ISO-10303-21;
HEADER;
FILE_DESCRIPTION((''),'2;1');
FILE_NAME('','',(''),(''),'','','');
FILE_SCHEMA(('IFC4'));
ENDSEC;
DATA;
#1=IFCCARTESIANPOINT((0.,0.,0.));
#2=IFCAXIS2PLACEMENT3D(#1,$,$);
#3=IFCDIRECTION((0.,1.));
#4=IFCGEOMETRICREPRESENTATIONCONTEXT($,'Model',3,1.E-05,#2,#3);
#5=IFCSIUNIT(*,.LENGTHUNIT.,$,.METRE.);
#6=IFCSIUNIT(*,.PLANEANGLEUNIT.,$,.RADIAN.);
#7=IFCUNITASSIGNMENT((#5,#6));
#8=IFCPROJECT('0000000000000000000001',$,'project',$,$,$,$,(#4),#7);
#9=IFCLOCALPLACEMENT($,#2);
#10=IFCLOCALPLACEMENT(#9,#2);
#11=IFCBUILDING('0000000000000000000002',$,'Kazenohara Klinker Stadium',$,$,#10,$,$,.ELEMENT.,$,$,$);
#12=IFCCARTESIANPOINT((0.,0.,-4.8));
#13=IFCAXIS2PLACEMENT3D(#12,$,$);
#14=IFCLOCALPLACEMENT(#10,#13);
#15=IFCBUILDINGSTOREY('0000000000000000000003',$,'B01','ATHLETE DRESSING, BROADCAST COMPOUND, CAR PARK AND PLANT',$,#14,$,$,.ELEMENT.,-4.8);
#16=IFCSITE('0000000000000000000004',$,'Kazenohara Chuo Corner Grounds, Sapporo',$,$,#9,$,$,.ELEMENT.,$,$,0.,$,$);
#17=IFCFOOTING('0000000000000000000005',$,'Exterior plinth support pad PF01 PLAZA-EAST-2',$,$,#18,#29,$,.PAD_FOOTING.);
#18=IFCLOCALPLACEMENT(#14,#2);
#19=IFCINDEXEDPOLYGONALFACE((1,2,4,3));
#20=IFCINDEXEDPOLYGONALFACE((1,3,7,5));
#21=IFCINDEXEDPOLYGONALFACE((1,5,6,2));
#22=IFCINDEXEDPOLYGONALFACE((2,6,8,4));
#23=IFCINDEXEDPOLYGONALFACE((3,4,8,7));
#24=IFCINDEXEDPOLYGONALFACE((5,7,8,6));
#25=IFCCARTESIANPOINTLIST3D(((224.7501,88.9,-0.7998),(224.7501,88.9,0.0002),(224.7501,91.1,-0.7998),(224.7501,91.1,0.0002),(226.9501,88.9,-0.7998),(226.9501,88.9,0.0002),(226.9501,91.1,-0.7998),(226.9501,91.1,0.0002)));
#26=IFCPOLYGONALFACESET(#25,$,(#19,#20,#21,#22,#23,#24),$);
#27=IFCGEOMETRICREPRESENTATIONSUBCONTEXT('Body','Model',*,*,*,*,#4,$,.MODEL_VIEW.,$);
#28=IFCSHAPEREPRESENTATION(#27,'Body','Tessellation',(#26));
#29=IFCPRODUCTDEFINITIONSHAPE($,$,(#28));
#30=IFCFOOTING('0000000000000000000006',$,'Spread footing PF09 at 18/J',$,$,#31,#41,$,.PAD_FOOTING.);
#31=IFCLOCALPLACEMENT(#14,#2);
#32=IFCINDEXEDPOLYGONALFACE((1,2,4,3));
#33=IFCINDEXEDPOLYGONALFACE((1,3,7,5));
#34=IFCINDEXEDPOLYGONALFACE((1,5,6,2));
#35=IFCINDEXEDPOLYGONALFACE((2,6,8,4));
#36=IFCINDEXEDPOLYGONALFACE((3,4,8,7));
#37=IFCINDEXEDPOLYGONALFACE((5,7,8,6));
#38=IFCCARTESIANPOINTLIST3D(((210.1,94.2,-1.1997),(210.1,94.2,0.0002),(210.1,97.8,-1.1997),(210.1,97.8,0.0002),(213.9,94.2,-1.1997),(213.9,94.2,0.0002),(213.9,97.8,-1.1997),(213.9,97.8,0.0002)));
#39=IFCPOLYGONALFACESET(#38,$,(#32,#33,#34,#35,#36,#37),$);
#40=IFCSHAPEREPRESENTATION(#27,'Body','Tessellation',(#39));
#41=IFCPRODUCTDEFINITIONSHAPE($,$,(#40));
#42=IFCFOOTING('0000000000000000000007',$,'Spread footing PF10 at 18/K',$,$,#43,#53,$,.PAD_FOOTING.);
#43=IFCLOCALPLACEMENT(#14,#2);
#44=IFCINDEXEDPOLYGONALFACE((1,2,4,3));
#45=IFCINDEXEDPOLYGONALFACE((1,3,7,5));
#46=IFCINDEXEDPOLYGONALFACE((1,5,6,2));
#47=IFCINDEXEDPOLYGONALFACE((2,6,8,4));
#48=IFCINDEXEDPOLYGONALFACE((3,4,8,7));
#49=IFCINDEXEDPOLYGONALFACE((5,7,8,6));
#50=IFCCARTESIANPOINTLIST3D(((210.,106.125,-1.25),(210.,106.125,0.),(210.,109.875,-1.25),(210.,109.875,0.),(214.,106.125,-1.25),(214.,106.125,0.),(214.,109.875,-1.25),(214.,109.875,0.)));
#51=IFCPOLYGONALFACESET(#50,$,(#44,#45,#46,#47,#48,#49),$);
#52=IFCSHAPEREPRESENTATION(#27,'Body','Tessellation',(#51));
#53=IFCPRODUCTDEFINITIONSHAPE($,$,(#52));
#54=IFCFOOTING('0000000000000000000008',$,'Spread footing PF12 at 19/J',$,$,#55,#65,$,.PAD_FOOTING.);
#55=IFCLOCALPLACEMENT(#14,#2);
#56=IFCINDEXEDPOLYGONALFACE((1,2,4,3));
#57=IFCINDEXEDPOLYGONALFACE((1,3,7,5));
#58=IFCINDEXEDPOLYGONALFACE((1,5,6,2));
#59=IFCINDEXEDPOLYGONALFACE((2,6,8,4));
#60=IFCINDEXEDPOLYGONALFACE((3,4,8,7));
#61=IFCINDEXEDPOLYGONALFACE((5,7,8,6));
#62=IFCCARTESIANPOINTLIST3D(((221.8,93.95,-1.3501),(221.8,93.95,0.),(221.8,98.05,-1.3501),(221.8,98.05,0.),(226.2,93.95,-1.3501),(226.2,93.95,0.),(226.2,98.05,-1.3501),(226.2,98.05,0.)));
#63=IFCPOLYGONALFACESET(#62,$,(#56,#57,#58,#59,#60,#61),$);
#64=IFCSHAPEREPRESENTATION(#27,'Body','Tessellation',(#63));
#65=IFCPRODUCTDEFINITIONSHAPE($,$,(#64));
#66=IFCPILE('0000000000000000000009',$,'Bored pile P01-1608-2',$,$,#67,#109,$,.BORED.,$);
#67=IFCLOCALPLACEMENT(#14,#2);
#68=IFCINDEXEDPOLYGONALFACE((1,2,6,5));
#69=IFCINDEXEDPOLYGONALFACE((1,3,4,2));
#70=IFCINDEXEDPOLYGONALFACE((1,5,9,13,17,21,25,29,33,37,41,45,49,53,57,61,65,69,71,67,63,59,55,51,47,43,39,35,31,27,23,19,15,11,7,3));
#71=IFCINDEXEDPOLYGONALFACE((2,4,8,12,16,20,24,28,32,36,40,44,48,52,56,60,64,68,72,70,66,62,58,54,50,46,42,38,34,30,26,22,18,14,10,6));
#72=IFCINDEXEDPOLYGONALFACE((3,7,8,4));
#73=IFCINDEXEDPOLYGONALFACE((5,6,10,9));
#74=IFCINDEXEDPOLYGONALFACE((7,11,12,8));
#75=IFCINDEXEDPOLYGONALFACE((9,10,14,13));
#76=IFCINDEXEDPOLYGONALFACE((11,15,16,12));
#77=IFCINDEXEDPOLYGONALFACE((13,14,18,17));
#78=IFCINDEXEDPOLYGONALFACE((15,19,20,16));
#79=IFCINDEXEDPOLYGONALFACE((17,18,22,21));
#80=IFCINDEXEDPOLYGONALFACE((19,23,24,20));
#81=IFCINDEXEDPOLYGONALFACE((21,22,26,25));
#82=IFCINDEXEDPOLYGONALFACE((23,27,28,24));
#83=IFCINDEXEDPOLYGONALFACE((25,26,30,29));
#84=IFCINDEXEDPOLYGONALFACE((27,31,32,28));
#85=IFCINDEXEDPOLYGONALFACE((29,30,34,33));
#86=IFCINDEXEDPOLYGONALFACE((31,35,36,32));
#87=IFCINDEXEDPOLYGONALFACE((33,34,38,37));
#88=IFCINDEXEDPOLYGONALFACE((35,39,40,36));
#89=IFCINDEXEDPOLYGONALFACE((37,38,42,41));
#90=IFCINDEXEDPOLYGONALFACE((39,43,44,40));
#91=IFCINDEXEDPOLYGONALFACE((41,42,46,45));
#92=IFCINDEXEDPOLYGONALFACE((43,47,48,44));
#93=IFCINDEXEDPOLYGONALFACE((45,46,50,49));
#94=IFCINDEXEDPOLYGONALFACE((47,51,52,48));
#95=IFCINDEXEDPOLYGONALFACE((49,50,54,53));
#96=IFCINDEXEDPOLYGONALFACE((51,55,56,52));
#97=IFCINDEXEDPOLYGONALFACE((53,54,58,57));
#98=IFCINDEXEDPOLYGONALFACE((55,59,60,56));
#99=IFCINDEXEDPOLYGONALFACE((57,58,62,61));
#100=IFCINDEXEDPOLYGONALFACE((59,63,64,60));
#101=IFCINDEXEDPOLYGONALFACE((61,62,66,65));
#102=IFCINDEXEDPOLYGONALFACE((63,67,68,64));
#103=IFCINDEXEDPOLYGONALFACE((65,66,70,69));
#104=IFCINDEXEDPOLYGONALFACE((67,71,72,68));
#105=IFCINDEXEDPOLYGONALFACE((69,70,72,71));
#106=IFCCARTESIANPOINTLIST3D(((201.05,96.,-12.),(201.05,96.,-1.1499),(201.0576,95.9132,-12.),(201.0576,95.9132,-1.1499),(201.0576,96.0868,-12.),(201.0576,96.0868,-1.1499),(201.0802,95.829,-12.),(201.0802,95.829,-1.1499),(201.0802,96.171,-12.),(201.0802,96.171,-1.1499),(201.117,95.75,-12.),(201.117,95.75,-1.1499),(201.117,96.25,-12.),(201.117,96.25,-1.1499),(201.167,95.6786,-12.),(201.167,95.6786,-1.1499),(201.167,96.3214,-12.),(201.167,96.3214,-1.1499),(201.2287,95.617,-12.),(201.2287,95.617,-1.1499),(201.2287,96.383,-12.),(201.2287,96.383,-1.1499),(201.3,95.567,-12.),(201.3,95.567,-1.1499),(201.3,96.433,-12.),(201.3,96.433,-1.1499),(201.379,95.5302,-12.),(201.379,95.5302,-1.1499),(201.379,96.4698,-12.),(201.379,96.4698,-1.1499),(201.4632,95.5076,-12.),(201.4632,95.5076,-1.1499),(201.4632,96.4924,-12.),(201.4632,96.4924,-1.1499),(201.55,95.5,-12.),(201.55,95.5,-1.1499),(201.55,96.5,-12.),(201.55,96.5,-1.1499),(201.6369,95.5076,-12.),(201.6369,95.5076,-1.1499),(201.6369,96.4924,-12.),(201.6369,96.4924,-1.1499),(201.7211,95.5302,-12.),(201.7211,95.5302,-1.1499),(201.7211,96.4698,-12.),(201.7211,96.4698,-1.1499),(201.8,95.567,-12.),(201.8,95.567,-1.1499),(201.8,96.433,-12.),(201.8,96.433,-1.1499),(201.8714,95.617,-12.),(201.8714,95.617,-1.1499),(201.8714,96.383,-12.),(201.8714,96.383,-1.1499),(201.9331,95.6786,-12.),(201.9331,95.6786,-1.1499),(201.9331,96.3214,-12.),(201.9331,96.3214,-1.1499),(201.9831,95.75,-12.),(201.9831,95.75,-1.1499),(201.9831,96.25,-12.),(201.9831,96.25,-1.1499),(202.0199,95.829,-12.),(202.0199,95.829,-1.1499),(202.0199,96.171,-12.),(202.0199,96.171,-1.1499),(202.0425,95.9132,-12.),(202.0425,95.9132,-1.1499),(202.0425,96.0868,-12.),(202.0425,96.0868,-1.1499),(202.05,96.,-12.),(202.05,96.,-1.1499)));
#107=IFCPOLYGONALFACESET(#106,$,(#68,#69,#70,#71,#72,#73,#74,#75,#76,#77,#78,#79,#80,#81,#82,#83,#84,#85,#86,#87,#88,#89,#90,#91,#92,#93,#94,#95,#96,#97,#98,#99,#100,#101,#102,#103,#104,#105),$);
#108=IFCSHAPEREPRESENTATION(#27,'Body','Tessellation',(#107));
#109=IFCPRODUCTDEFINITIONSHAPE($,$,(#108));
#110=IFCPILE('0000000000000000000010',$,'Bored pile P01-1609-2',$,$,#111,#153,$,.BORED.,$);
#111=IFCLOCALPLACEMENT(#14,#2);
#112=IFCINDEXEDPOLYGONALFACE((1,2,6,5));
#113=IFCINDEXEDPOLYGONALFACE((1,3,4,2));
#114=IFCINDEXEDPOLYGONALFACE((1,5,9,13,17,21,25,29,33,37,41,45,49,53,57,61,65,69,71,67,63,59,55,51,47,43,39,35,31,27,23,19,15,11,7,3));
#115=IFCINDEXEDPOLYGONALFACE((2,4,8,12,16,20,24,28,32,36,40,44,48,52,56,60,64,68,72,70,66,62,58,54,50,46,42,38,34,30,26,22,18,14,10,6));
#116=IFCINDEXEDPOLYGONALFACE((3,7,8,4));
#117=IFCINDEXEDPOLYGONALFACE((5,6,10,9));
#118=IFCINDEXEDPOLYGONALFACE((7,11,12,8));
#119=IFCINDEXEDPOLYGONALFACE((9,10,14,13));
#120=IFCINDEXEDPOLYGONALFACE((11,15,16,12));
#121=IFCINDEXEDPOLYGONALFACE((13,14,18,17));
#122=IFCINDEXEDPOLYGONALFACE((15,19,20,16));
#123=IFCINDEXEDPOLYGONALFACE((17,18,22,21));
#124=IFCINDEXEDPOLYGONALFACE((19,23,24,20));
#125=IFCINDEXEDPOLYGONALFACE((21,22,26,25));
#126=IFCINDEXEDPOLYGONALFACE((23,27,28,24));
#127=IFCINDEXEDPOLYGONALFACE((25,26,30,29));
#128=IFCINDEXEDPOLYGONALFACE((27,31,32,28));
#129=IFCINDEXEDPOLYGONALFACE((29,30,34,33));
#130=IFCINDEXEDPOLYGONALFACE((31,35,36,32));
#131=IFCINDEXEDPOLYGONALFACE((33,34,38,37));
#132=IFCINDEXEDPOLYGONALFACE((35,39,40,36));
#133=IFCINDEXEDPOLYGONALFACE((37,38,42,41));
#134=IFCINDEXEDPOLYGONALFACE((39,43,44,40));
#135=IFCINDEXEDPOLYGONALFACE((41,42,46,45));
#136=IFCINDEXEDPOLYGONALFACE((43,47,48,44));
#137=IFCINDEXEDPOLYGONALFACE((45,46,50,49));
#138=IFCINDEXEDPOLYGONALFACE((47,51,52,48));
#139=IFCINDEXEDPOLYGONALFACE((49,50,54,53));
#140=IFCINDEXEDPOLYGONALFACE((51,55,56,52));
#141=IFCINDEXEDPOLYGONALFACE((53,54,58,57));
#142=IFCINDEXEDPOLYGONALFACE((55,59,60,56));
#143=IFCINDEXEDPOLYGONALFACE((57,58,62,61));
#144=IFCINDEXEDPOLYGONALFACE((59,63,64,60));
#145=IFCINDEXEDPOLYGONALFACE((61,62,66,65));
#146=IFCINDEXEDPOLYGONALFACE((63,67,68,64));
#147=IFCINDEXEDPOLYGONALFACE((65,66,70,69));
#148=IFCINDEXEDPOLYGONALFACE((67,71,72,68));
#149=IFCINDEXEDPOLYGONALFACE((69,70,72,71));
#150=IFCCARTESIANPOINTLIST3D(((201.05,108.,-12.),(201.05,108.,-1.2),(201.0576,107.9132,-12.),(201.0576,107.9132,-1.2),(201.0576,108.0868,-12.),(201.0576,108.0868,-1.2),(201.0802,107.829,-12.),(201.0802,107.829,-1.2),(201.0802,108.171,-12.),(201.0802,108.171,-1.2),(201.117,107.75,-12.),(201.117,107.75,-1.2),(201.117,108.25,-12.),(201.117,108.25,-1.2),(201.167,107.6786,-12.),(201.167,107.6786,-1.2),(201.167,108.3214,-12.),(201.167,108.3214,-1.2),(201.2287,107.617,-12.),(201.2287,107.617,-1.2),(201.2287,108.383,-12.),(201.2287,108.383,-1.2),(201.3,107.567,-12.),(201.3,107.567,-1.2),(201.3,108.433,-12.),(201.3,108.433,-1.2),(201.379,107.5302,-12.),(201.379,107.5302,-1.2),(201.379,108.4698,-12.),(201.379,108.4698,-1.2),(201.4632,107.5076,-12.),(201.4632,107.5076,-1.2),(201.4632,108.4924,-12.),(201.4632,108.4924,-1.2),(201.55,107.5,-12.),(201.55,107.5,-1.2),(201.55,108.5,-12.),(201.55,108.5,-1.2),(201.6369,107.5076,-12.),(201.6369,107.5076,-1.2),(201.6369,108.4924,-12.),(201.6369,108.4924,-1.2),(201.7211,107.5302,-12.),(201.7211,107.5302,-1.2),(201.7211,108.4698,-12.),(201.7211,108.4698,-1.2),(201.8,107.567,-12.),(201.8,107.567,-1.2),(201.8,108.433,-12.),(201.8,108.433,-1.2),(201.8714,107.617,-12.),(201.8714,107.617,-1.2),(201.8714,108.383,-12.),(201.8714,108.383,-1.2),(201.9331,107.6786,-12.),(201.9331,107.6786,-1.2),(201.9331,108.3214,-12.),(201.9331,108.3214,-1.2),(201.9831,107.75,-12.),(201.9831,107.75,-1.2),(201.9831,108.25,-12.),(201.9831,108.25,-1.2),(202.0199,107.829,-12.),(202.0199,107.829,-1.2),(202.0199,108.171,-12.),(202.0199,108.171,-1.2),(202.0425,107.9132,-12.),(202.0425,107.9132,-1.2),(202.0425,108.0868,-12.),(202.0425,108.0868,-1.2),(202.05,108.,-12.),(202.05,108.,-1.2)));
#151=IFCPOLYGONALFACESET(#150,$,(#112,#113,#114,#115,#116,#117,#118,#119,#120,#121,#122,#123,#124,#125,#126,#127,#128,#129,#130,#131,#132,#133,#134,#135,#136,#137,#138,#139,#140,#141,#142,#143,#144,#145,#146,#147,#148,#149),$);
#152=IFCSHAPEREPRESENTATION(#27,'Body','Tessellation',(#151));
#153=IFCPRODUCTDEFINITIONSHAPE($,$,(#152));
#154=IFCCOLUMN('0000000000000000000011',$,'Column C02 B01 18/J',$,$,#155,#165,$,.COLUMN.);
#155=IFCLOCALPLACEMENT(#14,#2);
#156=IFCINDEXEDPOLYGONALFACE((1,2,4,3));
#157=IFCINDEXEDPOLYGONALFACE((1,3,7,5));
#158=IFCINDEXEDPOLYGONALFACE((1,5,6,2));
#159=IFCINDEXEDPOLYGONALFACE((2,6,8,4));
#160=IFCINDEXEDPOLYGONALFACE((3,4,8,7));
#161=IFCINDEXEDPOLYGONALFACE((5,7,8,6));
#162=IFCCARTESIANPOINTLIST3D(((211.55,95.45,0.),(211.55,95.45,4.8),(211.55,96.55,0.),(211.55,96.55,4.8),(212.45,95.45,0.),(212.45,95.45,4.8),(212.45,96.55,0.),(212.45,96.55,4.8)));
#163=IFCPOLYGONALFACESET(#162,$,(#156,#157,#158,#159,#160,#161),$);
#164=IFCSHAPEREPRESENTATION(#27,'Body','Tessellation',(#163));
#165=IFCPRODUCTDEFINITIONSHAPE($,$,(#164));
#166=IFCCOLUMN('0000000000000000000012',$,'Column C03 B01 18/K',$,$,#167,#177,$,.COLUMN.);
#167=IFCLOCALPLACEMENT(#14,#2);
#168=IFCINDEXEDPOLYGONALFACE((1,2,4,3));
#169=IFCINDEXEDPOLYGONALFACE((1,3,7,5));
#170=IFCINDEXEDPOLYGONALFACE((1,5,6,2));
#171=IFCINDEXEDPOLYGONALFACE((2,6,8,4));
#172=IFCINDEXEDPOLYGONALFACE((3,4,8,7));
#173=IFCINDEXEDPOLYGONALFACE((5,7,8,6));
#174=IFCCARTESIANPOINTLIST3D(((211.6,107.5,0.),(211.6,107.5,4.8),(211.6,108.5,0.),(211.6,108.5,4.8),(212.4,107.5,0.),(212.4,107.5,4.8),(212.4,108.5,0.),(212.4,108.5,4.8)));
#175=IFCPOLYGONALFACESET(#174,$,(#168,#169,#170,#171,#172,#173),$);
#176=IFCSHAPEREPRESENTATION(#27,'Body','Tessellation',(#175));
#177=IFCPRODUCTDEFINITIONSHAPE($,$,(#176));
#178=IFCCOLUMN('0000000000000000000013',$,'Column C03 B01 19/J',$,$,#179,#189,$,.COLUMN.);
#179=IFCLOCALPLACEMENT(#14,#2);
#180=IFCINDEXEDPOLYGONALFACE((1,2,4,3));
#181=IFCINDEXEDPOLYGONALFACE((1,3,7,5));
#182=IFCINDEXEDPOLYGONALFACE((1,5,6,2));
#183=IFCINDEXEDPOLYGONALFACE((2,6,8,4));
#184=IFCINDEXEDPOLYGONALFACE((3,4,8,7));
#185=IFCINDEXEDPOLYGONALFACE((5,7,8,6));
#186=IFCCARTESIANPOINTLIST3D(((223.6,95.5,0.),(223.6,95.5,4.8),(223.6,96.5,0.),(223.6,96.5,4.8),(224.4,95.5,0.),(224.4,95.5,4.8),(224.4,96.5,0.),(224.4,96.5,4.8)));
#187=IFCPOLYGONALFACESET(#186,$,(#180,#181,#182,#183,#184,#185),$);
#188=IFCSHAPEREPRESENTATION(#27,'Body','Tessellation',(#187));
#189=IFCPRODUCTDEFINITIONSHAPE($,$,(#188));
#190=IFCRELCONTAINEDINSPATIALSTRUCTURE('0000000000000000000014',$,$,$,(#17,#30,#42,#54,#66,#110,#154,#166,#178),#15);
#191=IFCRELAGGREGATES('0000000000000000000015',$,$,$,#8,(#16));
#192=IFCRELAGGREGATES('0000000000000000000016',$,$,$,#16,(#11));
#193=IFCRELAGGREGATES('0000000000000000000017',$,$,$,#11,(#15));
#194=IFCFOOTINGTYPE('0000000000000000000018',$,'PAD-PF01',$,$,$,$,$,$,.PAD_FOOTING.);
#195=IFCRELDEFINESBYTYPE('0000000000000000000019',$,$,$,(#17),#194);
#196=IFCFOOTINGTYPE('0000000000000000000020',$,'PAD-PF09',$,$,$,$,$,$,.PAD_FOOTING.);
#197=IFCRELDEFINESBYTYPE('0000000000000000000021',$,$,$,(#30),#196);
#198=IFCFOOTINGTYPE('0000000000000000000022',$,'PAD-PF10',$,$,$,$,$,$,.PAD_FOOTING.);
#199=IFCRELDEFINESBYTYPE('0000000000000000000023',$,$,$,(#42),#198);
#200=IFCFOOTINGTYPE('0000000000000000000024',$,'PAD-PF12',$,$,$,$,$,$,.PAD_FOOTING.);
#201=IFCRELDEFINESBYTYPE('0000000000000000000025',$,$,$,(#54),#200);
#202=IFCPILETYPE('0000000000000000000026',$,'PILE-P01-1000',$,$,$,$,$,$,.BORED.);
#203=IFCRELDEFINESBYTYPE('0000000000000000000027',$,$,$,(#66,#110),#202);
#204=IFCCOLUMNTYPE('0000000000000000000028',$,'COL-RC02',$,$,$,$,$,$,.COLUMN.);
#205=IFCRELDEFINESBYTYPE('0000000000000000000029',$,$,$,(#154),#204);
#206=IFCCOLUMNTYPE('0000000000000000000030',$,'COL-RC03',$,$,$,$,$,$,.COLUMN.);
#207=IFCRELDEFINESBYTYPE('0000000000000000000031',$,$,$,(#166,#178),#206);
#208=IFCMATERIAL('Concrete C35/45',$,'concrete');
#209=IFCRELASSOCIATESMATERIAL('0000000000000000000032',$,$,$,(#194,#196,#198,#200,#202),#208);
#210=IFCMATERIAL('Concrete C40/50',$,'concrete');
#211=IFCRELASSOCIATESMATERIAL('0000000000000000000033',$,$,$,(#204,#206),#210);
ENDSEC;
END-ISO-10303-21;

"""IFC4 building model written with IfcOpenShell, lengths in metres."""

from ifc_helpers import new_model, si_unit, direction, frame, origin, origin_2d, place, context, subcontext, project, spatial, rectangle, circle, extrude, material, material_profile, profile_set, type_object, element, save


model = new_model("IFC4")

# Units and contexts
model_context = context("Model", 3, precision=1e-05, world=origin(), true_north=direction((0.0, 1.0)))
body_context = subcontext(model_context, "Body", "Model", "MODEL_VIEW")
ifc_project = project(units=[si_unit("LENGTHUNIT", "METRE"), si_unit("PLANEANGLEUNIT", "RADIAN")], contexts=[model_context])

# Site, building, storey
site_placement = place(None, origin())
site = spatial("IfcSite", under=ifc_project, at=site_placement, Name="Kazenohara Chuo Corner Grounds, Sapporo", CompositionType="ELEMENT", RefElevation=0.0)
building_placement = place(site_placement, origin())
building = spatial("IfcBuilding", under=site, at=building_placement, Name="Kazenohara Klinker Stadium", CompositionType="ELEMENT")
storey_placement = place(building_placement, frame((0.0, 0.0, -4.8)))
storey = spatial("IfcBuildingStorey", under=building, at=storey_placement, Name="B01", Description="ATHLETE DRESSING, BROADCAST COMPOUND, CAR PARK AND PLANT", CompositionType="ELEMENT", Elevation=-4.8)

# Footings
ifc_material_1 = material(Name="Concrete C35/45", Category="concrete")
footing_type_1 = type_object("IfcFootingType", Name="PAD-PF01", PredefinedType="PAD_FOOTING", material=ifc_material_1)
footing_1_placement = place(storey_placement, frame((225.8501, 90.0, -0.7998), z_axis=(0.0, 0.0, 1.0), x_axis=(1.0, 0.0, 0.0)))
element("IfcFooting", 1, at=footing_1_placement, inside=storey, type_object=footing_type_1, Name="Exterior plinth support pad PF01 PLAZA-EAST-2", PredefinedType="PAD_FOOTING", context=body_context, shape_type="SweptSolid", body=[
    extrude(rectangle(XDim=2.2, YDim=2.2, at=origin_2d()), origin(), (0.0, 0.0, 1.0), 0.8),
])
footing_type_2 = type_object("IfcFootingType", Name="PAD-PF09", PredefinedType="PAD_FOOTING", material=ifc_material_1)
footing_2_placement = place(storey_placement, frame((212.0, 96.0, -1.1997), z_axis=(0.0, 0.0, 1.0), x_axis=(1.0, 0.0, 0.0)))
element("IfcFooting", 2, at=footing_2_placement, inside=storey, type_object=footing_type_2, Name="Spread footing PF09 at 18/J", PredefinedType="PAD_FOOTING", context=body_context, shape_type="SweptSolid", body=[
    extrude(rectangle(XDim=3.8, YDim=3.6001, at=origin_2d()), origin(), (0.0, 0.0, 1.0), 1.2),
])
footing_type_3 = type_object("IfcFootingType", Name="PAD-PF10", PredefinedType="PAD_FOOTING", material=ifc_material_1)
footing_3_placement = place(storey_placement, frame((212.0, 108.0, -1.25), z_axis=(0.0, 0.0, 1.0), x_axis=(1.0, 0.0, 0.0)))
element("IfcFooting", 3, at=footing_3_placement, inside=storey, type_object=footing_type_3, Name="Spread footing PF10 at 18/K", PredefinedType="PAD_FOOTING", context=body_context, shape_type="SweptSolid", body=[
    extrude(rectangle(XDim=4.0, YDim=3.75, at=origin_2d()), origin(), (0.0, 0.0, 1.0), 1.25),
])
footing_type_4 = type_object("IfcFootingType", Name="PAD-PF12", PredefinedType="PAD_FOOTING", material=ifc_material_1)
footing_4_placement = place(storey_placement, frame((224.0, 96.0, -1.3501), z_axis=(0.0, 0.0, 1.0), x_axis=(1.0, 0.0, 0.0)))
element("IfcFooting", 4, at=footing_4_placement, inside=storey, type_object=footing_type_4, Name="Spread footing PF12 at 19/J", PredefinedType="PAD_FOOTING", context=body_context, shape_type="SweptSolid", body=[
    extrude(rectangle(XDim=4.3999, YDim=4.1001, at=origin_2d()), origin(), (0.0, 0.0, 1.0), 1.3501),
])

# Piles
ifc_material_profile_1 = material_profile(ifc_material_1, circle(Radius=0.5, at=origin_2d()), Name="BORED-PILE-1000")
ifc_profile_set_1 = profile_set([ifc_material_profile_1], Name="Concrete C35/45")
pile_type = type_object("IfcPileType", Name="PILE-P01-1000", PredefinedType="BORED", material=ifc_profile_set_1)
pile_1_placement = place(storey_placement, frame((201.55, 96.0, -1.1499), z_axis=(0.0, 0.0, -1.0), x_axis=(1.0, 0.0, 0.0)))
element("IfcPile", 5, at=pile_1_placement, inside=storey, type_object=pile_type, Name="Bored pile P01-1608-2", PredefinedType="BORED", context=body_context, shape_type="SweptSolid", body=[
    extrude(circle(Radius=0.5, at=origin_2d()), origin(), (0.0, 0.0, 1.0), 10.8501),
])
pile_2_placement = place(storey_placement, frame((201.55, 108.0, -1.2), z_axis=(0.0, 0.0, -1.0), x_axis=(1.0, 0.0, 0.0)))
element("IfcPile", 6, at=pile_2_placement, inside=storey, type_object=pile_type, Name="Bored pile P01-1609-2", PredefinedType="BORED", context=body_context, shape_type="SweptSolid", body=[
    extrude(circle(Radius=0.5, at=origin_2d()), origin(), (0.0, 0.0, 1.0), 10.8),
])

# Columns
ifc_material_2 = material(Name="Concrete C40/50", Category="concrete")
ifc_material_profile_2 = material_profile(ifc_material_2, rectangle(XDim=0.8999, YDim=1.1001, at=origin_2d()), Name="RC-COL-1100x900")
ifc_profile_set_2 = profile_set([ifc_material_profile_2], Name="Concrete C40/50")
column_type_1 = type_object("IfcColumnType", Name="COL-RC02", PredefinedType="COLUMN", material=ifc_profile_set_2)
column_1_placement = place(storey_placement, frame((212.0, 96.0, 0.0), z_axis=(0.0, 0.0, 1.0), x_axis=(1.0, 0.0, 0.0)))
element("IfcColumn", 7, at=column_1_placement, inside=storey, type_object=column_type_1, Name="Column C02 B01 18/J", PredefinedType="COLUMN", context=body_context, shape_type="SweptSolid", body=[
    extrude(rectangle(XDim=0.8999, YDim=1.1001, at=origin_2d()), origin(), (0.0, 0.0, 1.0), 4.8),
])
ifc_material_profile_3 = material_profile(ifc_material_2, rectangle(XDim=0.8, YDim=1.0, at=origin_2d()), Name="RC-COL-1000x800")
ifc_profile_set_3 = profile_set([ifc_material_profile_3], Name="Concrete C40/50")
column_type_2 = type_object("IfcColumnType", Name="COL-RC03", PredefinedType="COLUMN", material=ifc_profile_set_3)
for number, where, z_axis, x_axis, name in (
    (8, (212.0, 108.0, 0.0), (0.0, 0.0, 1.0), (1.0, 0.0, 0.0), "Column C03 B01 18/K"),
    (9, (224.0, 96.0, 0.0), (0.0, 0.0, 1.0), (1.0, 0.0, 0.0), "Column C03 B01 19/J"),
):
    element("IfcColumn", number, at=place(storey_placement, frame(where, z_axis=z_axis, x_axis=x_axis)), inside=storey, type_object=column_type_2, Name=name, PredefinedType="COLUMN", context=body_context, shape_type="SweptSolid", body=[
        extrude(rectangle(XDim=0.8, YDim=1.0, at=origin_2d()), origin(), (0.0, 0.0, 1.0), 4.8),
    ])

save(model, "model.ifc")
